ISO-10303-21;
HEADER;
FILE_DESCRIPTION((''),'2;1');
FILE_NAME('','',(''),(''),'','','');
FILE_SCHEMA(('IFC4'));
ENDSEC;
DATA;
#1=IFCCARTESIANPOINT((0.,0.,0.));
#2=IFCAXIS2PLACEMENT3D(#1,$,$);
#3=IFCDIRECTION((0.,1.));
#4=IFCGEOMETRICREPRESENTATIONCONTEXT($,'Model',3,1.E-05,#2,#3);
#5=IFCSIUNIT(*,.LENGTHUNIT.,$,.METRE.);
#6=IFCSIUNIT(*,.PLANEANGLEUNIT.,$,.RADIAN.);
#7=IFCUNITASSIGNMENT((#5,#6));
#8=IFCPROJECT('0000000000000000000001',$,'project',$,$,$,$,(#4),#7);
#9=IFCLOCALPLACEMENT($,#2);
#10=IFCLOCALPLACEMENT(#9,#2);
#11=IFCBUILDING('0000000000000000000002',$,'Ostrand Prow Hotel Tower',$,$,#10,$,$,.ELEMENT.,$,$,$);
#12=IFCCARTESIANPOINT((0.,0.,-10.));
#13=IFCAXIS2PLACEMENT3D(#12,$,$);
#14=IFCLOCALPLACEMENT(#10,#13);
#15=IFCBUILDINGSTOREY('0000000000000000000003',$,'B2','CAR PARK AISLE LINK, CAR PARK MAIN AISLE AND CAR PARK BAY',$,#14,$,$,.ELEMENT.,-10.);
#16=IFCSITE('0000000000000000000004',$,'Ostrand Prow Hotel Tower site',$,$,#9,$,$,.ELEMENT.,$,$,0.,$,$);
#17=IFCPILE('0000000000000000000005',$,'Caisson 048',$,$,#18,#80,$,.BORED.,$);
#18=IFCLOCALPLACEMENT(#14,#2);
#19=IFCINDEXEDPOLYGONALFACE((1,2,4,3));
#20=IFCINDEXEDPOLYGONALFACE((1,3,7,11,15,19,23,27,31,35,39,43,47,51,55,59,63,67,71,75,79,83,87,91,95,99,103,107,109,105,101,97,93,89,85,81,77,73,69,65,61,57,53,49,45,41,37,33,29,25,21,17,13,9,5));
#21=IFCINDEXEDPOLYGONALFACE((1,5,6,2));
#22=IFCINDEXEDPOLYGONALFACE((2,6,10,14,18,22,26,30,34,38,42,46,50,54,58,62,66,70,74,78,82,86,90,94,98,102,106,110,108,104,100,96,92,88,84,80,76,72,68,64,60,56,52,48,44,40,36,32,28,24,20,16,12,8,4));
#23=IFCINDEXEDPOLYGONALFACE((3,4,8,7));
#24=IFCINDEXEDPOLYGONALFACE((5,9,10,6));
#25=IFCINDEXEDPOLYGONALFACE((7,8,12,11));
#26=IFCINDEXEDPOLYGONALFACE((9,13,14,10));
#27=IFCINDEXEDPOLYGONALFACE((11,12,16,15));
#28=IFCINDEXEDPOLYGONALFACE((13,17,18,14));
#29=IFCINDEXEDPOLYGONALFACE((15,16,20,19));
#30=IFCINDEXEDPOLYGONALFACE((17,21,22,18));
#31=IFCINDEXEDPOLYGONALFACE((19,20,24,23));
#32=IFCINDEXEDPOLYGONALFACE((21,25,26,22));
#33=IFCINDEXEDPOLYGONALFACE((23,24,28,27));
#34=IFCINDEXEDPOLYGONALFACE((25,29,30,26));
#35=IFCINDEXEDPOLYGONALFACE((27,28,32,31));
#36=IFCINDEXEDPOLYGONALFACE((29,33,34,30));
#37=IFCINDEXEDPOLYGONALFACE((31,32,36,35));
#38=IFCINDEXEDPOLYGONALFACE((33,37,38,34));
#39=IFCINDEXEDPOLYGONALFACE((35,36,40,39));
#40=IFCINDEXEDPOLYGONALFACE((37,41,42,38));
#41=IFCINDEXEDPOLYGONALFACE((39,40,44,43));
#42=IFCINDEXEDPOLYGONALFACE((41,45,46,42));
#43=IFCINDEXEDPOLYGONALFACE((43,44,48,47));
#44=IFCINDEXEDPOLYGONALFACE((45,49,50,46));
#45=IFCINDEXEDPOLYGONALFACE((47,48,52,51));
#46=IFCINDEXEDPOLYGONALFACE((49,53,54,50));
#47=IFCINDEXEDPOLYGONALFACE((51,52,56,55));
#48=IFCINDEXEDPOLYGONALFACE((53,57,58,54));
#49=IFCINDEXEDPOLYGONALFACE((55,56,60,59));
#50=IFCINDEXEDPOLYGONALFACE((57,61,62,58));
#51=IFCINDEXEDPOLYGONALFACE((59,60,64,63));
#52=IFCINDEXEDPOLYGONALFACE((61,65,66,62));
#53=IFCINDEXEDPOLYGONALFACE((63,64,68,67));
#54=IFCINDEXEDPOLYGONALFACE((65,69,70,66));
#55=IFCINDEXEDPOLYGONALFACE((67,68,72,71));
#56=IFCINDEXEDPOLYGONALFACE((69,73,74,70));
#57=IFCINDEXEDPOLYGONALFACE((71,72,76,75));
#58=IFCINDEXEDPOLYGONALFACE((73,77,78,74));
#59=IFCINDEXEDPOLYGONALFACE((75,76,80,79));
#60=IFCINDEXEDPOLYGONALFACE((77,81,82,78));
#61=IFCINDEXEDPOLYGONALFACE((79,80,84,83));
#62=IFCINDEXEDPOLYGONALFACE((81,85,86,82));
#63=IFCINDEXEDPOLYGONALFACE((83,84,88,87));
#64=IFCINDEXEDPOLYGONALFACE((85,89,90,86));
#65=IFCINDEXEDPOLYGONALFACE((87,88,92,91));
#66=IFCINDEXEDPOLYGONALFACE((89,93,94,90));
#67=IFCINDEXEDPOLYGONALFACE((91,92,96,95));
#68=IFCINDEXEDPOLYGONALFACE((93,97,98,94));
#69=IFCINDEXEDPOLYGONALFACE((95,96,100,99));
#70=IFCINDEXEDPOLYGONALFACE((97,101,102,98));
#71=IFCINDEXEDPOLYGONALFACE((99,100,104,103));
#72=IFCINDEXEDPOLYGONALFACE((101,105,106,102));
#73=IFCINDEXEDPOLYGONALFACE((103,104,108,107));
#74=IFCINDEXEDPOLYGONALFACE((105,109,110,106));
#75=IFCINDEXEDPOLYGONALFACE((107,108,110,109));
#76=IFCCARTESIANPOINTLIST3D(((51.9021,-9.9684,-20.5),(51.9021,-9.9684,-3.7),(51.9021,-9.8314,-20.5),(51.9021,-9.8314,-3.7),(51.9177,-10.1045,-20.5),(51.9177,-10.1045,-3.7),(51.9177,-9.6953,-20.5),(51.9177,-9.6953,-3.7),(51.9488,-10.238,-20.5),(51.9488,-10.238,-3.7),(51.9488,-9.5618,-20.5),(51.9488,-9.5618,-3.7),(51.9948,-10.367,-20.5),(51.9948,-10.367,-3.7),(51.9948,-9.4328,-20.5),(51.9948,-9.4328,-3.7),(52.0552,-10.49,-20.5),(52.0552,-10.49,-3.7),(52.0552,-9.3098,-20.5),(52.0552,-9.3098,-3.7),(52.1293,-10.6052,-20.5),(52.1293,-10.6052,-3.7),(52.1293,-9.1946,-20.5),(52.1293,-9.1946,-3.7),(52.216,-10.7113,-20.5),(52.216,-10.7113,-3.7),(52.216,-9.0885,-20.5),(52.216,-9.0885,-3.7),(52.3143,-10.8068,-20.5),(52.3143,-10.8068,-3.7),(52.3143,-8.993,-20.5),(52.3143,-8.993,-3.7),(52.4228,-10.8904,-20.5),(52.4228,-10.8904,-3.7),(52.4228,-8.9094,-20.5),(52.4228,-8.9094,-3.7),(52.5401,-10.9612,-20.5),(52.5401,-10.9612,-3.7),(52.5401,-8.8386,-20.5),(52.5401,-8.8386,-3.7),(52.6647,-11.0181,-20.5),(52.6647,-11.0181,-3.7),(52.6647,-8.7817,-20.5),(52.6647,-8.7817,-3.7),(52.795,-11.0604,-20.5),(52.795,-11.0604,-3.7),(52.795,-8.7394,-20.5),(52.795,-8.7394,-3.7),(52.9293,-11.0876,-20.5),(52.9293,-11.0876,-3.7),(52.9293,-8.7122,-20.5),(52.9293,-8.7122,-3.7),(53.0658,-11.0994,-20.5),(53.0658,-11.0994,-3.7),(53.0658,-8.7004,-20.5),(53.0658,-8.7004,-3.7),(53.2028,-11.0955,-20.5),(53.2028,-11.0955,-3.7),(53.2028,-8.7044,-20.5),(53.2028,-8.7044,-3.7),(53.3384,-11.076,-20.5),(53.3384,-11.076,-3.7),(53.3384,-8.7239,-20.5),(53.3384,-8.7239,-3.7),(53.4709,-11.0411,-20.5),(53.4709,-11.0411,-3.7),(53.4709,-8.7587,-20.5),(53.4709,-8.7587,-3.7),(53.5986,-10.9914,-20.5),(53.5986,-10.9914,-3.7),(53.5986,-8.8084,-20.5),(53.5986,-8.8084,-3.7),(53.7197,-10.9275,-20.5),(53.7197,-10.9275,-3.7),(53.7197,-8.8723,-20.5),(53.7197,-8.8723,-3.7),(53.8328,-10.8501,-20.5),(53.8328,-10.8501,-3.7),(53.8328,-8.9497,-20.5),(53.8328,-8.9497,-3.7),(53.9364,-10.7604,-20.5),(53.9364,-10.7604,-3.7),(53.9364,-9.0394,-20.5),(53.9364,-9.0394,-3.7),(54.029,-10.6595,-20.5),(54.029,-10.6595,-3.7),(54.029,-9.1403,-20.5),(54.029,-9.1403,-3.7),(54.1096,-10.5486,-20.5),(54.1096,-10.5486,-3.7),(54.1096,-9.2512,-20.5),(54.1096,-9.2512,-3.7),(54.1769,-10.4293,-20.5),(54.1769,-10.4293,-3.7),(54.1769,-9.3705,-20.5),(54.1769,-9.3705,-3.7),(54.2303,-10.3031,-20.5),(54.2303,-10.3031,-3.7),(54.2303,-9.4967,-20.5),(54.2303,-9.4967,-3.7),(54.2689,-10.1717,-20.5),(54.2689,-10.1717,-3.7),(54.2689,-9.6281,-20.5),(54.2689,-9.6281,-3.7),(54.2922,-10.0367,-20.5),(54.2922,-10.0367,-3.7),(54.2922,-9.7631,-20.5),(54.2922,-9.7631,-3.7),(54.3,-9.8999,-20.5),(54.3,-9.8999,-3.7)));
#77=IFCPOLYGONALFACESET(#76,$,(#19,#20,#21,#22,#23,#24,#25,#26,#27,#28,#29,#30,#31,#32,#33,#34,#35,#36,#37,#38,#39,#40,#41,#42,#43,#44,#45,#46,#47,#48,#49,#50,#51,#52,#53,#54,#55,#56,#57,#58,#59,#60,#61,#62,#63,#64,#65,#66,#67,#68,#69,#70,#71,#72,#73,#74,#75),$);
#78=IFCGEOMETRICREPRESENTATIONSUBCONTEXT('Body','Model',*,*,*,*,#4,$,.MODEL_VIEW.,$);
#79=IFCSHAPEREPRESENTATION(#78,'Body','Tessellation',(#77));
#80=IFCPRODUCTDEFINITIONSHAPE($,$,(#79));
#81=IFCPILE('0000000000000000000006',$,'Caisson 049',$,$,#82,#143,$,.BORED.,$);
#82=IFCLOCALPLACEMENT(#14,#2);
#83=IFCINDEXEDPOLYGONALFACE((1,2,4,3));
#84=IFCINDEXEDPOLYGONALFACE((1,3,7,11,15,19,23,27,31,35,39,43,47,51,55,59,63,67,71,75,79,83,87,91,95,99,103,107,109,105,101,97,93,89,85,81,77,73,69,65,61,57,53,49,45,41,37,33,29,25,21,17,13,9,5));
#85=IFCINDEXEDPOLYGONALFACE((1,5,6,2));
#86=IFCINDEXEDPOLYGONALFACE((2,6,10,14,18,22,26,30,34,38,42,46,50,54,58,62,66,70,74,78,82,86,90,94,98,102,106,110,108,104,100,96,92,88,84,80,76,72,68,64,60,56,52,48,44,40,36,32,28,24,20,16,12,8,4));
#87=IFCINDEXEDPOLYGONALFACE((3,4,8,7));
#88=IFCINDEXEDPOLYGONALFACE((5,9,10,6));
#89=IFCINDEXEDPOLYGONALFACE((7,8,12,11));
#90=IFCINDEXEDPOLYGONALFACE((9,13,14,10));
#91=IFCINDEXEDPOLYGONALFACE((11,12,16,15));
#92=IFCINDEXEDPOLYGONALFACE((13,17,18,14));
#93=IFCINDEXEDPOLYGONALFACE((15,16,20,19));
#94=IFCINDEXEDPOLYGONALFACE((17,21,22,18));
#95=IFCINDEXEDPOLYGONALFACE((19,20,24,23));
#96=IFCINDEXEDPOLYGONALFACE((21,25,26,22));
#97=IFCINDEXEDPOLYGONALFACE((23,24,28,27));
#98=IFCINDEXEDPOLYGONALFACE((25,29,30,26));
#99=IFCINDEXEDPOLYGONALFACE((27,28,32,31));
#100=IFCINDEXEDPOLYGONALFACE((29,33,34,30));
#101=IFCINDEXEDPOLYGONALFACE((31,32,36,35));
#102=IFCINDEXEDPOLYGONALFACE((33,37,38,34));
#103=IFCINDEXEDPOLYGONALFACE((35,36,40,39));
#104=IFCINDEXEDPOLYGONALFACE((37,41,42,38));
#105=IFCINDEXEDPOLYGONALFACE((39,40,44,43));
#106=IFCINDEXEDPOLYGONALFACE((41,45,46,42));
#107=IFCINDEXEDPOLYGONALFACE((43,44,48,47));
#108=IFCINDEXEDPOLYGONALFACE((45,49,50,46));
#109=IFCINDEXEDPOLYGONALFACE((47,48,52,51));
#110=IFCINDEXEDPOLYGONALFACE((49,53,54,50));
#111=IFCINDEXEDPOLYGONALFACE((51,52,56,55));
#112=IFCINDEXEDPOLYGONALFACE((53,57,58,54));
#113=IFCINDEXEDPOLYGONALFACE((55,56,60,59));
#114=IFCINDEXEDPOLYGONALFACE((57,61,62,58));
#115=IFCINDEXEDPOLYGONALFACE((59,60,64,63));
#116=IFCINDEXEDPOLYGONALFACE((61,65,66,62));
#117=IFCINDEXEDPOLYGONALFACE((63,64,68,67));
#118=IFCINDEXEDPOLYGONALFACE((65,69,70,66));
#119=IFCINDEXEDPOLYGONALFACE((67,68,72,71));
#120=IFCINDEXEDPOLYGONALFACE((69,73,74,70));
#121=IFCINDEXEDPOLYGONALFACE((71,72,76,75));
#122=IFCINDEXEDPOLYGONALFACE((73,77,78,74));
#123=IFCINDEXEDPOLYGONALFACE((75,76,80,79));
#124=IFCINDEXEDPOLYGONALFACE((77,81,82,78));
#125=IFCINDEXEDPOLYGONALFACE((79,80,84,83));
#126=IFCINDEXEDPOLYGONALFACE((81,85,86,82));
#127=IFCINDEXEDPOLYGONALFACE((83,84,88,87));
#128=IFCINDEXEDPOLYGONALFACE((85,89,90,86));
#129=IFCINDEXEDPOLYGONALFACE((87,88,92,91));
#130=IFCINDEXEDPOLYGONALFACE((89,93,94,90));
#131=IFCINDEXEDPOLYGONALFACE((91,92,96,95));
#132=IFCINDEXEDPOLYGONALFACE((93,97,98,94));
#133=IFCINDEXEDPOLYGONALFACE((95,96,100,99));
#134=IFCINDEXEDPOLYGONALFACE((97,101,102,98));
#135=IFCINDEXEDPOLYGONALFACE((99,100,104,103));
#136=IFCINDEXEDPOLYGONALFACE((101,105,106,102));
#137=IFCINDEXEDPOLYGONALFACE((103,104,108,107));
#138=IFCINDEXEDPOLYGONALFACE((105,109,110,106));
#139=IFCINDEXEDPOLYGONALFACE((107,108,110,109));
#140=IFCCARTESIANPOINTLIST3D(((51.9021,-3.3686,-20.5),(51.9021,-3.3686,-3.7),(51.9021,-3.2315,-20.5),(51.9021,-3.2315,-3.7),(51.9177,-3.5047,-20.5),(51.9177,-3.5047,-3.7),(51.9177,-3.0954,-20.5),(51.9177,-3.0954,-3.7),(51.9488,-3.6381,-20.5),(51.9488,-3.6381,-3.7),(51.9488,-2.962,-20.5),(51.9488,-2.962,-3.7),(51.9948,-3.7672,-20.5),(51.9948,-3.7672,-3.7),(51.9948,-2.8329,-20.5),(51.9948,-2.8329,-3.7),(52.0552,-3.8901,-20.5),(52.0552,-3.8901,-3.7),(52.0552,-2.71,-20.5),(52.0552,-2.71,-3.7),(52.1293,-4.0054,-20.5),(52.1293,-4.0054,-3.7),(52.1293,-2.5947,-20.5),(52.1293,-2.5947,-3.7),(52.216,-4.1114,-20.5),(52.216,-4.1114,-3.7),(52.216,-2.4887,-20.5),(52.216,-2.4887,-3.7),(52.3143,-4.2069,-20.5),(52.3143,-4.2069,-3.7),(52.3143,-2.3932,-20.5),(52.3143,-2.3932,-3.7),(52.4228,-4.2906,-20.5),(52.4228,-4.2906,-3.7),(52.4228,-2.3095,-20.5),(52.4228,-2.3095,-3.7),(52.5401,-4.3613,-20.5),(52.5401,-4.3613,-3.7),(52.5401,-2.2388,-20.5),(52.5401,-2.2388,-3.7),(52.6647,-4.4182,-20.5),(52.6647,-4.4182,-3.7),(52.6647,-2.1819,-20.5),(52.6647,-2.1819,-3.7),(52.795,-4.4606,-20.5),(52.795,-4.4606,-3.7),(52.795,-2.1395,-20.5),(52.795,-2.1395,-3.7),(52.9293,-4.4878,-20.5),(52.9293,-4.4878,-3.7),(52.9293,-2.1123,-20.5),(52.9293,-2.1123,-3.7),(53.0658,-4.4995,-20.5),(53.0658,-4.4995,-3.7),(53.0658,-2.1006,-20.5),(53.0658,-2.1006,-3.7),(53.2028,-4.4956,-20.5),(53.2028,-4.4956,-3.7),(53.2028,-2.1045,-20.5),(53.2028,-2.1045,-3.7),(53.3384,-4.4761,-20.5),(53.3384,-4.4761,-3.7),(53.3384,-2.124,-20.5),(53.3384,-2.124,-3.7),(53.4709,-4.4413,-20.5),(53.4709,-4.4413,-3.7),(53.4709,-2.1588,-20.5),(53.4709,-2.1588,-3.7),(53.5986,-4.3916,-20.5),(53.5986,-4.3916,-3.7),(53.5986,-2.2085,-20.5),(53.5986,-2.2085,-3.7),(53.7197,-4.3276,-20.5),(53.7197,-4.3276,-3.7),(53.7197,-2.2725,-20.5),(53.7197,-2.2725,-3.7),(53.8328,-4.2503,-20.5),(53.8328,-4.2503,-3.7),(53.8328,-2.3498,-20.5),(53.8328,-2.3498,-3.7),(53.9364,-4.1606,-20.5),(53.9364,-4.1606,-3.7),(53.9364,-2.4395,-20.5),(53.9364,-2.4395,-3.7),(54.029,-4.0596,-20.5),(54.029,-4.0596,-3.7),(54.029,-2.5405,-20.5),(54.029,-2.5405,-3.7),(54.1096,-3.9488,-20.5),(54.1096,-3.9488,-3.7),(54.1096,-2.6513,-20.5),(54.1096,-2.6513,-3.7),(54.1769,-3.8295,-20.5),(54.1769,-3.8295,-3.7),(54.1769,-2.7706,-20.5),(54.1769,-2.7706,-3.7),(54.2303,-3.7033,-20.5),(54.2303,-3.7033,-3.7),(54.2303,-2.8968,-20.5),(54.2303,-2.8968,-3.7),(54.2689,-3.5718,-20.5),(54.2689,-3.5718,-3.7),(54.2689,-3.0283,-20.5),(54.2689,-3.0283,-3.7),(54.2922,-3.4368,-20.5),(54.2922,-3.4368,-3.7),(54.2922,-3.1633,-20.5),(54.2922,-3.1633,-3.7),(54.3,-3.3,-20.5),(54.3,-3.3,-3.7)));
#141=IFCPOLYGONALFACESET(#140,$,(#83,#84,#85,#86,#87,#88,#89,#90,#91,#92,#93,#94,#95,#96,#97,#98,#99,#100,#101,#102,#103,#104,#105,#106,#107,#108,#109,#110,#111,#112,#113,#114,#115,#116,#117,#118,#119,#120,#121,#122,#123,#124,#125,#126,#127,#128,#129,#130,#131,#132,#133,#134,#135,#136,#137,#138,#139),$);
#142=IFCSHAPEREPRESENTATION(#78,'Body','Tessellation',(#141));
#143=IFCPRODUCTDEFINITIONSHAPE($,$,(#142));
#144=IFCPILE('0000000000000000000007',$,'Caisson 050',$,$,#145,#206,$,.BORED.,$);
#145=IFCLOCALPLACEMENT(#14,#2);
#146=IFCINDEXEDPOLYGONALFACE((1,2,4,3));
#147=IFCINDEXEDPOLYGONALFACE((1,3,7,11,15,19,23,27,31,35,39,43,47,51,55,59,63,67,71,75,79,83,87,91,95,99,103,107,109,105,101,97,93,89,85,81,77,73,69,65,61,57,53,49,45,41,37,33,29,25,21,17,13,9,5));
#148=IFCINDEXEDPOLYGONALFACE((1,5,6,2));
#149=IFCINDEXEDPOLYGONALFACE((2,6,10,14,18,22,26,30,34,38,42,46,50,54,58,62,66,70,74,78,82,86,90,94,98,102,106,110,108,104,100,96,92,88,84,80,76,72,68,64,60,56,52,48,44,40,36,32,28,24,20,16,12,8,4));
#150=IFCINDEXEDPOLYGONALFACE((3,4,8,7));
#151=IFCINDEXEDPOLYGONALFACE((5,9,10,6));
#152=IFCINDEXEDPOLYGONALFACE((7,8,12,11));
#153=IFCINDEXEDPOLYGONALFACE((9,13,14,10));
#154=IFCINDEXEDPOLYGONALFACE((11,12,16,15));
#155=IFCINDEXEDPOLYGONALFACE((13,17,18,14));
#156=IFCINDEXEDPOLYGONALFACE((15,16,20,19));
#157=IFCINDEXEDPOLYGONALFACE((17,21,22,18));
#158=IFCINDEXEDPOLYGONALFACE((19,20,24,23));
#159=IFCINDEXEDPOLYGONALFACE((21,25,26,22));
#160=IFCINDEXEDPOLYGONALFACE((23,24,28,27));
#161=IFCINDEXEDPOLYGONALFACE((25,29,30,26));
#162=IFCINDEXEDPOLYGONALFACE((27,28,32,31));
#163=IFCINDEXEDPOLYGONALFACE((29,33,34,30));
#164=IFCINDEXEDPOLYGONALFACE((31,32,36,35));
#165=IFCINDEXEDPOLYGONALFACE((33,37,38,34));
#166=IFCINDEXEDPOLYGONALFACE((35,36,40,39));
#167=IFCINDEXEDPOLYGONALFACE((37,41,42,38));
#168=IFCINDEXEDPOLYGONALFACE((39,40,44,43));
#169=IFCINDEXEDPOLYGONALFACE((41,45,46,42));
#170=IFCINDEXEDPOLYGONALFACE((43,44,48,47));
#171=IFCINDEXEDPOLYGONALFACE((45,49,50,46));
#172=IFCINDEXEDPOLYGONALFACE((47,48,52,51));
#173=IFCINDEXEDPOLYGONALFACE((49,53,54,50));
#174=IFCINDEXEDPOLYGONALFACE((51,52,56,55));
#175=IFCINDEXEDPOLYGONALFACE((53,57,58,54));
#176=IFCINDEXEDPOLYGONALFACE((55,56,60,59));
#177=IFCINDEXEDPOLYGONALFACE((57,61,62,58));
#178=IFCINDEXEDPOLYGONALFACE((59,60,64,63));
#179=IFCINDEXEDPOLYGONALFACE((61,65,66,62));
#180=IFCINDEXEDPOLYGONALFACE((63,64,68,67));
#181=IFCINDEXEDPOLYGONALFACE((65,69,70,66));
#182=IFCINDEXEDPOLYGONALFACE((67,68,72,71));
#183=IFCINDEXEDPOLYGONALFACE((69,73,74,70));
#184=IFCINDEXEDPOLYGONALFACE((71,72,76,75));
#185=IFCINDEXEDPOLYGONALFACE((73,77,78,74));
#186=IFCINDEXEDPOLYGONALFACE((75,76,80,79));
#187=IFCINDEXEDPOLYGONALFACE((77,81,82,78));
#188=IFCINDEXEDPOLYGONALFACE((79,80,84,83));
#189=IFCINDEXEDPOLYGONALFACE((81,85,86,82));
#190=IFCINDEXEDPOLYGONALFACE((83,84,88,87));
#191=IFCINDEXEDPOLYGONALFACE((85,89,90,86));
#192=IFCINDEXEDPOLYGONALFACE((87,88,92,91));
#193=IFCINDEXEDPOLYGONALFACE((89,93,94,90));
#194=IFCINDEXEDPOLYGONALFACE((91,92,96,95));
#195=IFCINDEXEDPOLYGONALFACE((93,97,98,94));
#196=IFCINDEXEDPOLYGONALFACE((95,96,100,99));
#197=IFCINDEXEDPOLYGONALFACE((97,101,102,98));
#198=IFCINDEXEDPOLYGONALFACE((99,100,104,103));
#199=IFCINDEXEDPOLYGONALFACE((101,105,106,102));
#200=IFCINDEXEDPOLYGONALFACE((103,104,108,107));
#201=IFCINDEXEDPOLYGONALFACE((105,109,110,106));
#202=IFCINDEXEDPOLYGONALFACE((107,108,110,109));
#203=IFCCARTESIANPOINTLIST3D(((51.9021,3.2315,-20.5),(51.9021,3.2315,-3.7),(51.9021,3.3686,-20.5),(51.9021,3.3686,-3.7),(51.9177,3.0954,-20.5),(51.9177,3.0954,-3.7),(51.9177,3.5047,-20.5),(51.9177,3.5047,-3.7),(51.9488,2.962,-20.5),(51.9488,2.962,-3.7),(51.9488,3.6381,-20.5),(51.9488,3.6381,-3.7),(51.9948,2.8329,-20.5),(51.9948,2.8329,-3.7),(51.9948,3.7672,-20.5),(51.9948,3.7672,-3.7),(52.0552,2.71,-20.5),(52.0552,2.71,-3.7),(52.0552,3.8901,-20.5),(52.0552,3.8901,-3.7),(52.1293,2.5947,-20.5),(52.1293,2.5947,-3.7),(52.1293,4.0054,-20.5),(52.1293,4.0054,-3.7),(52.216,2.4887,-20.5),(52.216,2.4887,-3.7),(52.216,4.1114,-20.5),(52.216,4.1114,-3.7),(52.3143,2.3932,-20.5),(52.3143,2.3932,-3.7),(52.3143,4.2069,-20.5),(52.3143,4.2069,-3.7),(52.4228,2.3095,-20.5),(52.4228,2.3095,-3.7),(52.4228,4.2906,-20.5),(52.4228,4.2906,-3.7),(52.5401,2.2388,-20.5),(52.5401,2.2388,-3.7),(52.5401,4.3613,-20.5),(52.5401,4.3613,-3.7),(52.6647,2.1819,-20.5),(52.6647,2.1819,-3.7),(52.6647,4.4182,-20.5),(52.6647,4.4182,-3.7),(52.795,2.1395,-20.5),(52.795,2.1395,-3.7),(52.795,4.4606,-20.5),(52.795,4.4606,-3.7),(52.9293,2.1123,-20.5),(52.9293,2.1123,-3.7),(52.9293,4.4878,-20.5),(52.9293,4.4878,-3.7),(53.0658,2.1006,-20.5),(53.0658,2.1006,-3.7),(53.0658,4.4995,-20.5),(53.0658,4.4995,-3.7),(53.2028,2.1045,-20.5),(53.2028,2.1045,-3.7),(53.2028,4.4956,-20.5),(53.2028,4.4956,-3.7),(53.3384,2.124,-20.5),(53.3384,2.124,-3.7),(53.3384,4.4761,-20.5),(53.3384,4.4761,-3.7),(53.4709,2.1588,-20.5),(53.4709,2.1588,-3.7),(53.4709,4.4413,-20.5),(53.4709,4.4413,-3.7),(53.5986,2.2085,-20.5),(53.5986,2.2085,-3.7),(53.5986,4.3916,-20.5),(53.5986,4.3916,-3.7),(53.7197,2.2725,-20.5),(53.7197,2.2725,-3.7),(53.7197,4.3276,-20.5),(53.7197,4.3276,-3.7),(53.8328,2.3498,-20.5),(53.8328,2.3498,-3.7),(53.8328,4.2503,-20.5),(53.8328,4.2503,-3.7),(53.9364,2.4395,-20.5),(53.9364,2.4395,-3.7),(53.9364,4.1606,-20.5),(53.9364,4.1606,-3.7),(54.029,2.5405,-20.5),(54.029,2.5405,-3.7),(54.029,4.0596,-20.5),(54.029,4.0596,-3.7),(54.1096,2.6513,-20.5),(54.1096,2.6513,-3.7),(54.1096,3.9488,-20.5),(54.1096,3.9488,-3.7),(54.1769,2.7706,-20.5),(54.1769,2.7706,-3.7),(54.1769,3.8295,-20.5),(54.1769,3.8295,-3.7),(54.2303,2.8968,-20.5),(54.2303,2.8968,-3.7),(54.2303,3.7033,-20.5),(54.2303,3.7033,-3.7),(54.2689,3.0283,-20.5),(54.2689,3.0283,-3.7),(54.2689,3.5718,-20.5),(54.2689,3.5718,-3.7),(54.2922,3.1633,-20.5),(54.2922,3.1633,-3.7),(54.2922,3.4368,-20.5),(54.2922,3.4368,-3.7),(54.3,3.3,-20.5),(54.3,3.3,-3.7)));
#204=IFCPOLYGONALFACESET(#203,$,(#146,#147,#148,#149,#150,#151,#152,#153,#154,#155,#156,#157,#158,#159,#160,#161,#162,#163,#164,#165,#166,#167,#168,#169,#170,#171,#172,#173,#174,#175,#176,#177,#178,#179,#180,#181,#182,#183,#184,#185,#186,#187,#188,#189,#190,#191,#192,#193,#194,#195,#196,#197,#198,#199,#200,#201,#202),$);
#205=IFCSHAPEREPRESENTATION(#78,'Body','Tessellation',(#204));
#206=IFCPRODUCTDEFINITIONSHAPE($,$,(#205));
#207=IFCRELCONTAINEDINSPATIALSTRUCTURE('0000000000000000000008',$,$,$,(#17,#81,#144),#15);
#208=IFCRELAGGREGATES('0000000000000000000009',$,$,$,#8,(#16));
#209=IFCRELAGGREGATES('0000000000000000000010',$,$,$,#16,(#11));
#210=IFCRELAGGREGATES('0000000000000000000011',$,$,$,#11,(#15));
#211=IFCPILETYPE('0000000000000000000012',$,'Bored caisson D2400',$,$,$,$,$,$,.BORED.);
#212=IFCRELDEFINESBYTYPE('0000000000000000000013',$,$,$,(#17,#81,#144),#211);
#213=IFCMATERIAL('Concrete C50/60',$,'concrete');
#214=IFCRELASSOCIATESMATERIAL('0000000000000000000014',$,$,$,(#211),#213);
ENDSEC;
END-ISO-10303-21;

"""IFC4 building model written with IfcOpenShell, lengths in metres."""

from ifc_helpers import new_model, si_unit, direction, frame, origin, origin_2d, place, context, subcontext, project, spatial, circle, extrude, material, type_object, element, save


model = new_model("IFC4")

# Units and contexts
model_context = context("Model", 3, precision=1e-05, world=origin(), true_north=direction((0.0, 1.0)))
body_context = subcontext(model_context, "Body", "Model", "MODEL_VIEW")
ifc_project = project(units=[si_unit("LENGTHUNIT", "METRE"), si_unit("PLANEANGLEUNIT", "RADIAN")], contexts=[model_context])

# Site, building, storey
site_placement = place(None, origin())
site = spatial("IfcSite", under=ifc_project, at=site_placement, Name="Ostrand Prow Hotel Tower site", CompositionType="ELEMENT", RefElevation=0.0)
building_placement = place(site_placement, origin())
building = spatial("IfcBuilding", under=site, at=building_placement, Name="Ostrand Prow Hotel Tower", CompositionType="ELEMENT")
storey_placement = place(building_placement, frame((0.0, 0.0, -10.0)))
storey = spatial("IfcBuildingStorey", under=building, at=storey_placement, Name="B2", Description="CAR PARK AISLE LINK, CAR PARK MAIN AISLE AND CAR PARK BAY", CompositionType="ELEMENT", Elevation=-10.0)

# Piles
ifc_material_1 = material(Name="Concrete C50/60", Category="concrete")
pile_type = type_object("IfcPileType", Name="Bored caisson D2400", PredefinedType="BORED", material=ifc_material_1)
for number, where, z_axis, x_axis, name in (
    (1, (53.1001, -9.8999, -3.7), (0.0, 0.0, -1.0), (1.0, 0.0, 0.0), "Caisson 048"),
    (2, (53.1001, -3.3, -3.7), (0.0, 0.0, -1.0), (1.0, 0.0, 0.0), "Caisson 049"),
    (3, (53.1001, 3.3, -3.7), (0.0, 0.0, -1.0), (1.0, 0.0, 0.0), "Caisson 050"),
):
    element("IfcPile", number, at=place(storey_placement, frame(where, z_axis=z_axis, x_axis=x_axis)), inside=storey, type_object=pile_type, Name=name, PredefinedType="BORED", context=body_context, shape_type="SweptSolid", body=[
        extrude(circle(Radius=1.2, at=origin_2d()), origin(), (0.0, 0.0, 1.0), 16.8),
    ])

save(model, "model.ifc")
